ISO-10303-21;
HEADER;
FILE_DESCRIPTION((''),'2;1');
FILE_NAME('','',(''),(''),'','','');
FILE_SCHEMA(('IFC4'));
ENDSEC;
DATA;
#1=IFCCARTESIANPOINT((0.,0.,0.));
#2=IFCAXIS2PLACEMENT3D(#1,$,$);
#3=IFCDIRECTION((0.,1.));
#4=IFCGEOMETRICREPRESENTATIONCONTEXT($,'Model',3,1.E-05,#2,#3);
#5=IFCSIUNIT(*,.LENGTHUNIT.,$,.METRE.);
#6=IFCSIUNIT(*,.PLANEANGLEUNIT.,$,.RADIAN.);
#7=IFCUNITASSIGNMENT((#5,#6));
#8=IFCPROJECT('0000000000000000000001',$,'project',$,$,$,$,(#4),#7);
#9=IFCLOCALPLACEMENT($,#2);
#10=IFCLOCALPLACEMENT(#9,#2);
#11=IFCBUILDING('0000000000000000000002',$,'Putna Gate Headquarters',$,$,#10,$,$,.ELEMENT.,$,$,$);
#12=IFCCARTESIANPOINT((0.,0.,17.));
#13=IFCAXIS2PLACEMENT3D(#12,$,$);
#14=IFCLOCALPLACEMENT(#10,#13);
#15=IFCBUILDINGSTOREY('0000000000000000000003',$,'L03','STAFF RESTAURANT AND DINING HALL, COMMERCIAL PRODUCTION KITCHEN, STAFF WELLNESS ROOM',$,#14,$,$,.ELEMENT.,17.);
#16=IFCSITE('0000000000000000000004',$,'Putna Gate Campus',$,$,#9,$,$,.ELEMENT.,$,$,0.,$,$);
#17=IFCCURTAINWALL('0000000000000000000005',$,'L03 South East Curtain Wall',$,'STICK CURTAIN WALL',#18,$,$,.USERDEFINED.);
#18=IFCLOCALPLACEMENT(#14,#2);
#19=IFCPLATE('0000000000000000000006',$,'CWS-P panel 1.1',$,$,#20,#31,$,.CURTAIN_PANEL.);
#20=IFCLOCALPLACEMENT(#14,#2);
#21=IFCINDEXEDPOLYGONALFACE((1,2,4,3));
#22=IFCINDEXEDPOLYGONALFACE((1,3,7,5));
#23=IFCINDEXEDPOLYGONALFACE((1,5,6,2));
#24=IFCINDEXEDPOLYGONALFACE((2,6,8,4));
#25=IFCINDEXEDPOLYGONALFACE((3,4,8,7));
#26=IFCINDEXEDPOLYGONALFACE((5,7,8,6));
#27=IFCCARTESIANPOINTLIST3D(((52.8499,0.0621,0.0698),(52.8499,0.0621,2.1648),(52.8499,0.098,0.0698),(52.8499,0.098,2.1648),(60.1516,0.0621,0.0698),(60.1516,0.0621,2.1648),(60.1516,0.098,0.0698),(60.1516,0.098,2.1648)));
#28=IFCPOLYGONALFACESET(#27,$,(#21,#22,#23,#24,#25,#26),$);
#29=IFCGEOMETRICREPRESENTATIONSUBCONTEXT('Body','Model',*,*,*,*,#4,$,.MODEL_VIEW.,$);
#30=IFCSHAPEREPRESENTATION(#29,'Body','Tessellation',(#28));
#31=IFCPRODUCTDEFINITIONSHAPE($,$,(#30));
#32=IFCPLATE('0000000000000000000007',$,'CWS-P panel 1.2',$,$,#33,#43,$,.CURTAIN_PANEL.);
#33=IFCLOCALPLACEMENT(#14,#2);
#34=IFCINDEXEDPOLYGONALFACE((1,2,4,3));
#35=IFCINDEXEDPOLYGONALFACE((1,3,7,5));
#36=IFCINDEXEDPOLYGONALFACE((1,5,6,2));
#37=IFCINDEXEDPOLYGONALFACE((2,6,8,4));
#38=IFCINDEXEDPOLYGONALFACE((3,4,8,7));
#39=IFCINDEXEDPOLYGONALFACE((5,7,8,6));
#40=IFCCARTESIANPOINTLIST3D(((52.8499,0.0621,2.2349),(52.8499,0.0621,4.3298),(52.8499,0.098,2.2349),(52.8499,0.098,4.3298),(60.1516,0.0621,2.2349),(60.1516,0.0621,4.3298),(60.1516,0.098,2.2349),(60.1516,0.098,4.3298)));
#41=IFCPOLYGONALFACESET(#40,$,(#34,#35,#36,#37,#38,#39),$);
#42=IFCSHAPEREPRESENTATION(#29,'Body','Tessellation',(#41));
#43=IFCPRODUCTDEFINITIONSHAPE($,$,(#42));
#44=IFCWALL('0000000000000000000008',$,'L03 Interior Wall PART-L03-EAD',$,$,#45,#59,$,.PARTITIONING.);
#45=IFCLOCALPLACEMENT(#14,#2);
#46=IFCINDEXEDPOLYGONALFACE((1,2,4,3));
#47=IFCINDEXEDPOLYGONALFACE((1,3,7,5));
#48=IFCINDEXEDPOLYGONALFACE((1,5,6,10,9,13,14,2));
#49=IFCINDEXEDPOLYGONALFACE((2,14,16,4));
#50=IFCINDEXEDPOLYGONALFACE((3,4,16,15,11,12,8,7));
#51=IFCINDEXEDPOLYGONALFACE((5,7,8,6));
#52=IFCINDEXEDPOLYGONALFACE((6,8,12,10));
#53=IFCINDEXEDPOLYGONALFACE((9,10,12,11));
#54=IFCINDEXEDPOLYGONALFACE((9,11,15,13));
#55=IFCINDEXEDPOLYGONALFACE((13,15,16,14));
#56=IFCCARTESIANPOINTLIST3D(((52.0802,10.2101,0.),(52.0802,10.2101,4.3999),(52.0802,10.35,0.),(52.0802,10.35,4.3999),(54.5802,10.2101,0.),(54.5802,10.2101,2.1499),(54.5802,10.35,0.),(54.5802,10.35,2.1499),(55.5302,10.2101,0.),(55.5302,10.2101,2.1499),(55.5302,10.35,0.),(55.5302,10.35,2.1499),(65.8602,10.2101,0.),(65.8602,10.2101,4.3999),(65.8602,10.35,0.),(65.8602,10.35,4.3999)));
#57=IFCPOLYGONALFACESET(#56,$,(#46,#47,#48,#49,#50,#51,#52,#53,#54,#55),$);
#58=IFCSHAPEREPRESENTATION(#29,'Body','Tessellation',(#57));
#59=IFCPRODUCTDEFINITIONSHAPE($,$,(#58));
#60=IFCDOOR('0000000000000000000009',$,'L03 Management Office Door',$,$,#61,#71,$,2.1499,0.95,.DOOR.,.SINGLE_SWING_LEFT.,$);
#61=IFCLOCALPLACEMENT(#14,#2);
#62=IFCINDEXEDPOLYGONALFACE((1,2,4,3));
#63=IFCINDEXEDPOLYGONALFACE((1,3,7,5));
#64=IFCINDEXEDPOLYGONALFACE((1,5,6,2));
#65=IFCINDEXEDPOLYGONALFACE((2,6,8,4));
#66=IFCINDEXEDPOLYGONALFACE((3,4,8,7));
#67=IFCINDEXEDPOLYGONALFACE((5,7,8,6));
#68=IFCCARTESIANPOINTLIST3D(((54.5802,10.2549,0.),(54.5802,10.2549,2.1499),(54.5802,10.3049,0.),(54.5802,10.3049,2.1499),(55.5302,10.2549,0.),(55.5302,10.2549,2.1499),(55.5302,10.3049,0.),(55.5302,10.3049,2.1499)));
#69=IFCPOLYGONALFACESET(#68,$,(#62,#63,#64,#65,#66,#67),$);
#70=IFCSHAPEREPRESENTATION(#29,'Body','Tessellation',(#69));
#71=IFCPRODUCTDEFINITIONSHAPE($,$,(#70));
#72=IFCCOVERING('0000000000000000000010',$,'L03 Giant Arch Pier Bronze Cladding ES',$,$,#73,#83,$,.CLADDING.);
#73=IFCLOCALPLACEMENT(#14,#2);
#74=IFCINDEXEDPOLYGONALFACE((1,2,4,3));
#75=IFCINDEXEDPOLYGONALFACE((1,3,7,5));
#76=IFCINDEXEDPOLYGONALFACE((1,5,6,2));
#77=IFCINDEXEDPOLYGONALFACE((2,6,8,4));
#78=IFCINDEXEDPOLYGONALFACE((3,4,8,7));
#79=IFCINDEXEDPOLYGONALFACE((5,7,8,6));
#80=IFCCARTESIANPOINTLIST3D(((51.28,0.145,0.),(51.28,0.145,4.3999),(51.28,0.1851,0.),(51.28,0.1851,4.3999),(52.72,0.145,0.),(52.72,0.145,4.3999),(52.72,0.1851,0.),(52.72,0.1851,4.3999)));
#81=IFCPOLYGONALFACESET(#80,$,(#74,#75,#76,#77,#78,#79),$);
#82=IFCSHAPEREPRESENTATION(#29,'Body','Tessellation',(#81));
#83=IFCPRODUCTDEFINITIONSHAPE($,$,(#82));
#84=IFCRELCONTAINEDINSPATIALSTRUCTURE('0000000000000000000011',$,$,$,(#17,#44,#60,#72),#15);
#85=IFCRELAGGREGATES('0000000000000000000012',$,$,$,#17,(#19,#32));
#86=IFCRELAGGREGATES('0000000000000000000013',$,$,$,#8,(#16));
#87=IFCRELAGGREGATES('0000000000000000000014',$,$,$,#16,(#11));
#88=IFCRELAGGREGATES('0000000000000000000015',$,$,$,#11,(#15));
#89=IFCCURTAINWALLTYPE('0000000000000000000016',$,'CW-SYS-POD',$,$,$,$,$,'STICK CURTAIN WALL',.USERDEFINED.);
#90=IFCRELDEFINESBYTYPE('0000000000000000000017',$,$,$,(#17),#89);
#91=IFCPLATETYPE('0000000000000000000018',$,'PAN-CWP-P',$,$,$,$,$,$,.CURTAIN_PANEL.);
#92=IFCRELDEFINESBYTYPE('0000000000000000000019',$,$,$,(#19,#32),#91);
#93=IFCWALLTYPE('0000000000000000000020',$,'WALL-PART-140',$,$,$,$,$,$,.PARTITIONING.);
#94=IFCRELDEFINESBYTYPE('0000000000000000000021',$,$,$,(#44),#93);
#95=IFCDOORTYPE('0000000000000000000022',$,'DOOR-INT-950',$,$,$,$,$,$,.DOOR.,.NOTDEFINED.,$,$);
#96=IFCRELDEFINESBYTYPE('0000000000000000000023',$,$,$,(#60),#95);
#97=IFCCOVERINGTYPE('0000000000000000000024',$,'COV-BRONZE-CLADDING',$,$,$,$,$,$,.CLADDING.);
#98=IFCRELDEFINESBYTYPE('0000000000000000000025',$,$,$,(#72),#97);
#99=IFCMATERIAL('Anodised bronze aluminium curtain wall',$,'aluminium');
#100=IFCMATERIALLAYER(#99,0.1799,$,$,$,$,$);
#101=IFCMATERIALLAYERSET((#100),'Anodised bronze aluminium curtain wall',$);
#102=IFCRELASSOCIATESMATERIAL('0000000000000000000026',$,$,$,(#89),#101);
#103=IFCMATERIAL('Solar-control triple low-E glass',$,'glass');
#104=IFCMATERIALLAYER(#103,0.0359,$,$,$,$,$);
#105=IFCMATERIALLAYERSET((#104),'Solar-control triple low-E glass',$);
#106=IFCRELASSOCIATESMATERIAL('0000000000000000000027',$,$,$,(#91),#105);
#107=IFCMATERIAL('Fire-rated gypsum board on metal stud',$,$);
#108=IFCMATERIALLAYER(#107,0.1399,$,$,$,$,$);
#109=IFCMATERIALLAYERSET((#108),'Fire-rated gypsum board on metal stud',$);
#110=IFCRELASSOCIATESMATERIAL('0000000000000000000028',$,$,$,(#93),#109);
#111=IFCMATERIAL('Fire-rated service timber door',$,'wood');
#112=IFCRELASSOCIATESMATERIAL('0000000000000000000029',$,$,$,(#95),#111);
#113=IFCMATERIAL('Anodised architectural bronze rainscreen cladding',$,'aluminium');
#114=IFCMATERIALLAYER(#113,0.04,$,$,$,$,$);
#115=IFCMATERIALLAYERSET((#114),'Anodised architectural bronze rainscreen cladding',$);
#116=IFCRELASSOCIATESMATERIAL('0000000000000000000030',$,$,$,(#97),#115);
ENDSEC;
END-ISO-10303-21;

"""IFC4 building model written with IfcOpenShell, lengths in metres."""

from ifc_helpers import new_model, si_unit, direction, frame, frame_2d, origin, origin_2d, place, context, subcontext, project, spatial, rectangle, extrude, material, layer, layer_set, type_object, element, fill, aggregate, save


model = new_model("IFC4")

# Units and contexts
model_context = context("Model", 3, precision=1e-05, world=origin(), true_north=direction((0.0, 1.0)))
body_context = subcontext(model_context, "Body", "Model", "MODEL_VIEW")
ifc_project = project(units=[si_unit("LENGTHUNIT", "METRE"), si_unit("PLANEANGLEUNIT", "RADIAN")], contexts=[model_context])

# Site, building, storey
site_placement = place(None, origin())
site = spatial("IfcSite", under=ifc_project, at=site_placement, Name="Putna Gate Campus", CompositionType="ELEMENT", RefElevation=0.0)
building_placement = place(site_placement, origin())
building = spatial("IfcBuilding", under=site, at=building_placement, Name="Putna Gate Headquarters", CompositionType="ELEMENT")
storey_placement = place(building_placement, frame((0.0, 0.0, 17.0)))
storey = spatial("IfcBuildingStorey", under=building, at=storey_placement, Name="L03", Description="STAFF RESTAURANT AND DINING HALL, COMMERCIAL PRODUCTION KITCHEN, STAFF WELLNESS ROOM", CompositionType="ELEMENT", Elevation=17.0)

# Curtain wall
ifc_material_1 = material(Name="Anodised bronze aluminium curtain wall", Category="aluminium")
ifc_layer_1 = layer(ifc_material_1, 0.1799)
ifc_layer_set_1 = layer_set([ifc_layer_1], Name="Anodised bronze aluminium curtain wall")
curtain_wall_type_1 = type_object("IfcCurtainWallType", Name="CW-SYS-POD", ElementType="STICK CURTAIN WALL", PredefinedType="USERDEFINED", material=ifc_layer_set_1)
curtain_wall_1_placement = place(storey_placement, origin())
curtain_wall_1 = element("IfcCurtainWall", 1, at=curtain_wall_1_placement, inside=storey, type_object=curtain_wall_type_1, Name="L03 South East Curtain Wall", ObjectType="STICK CURTAIN WALL", PredefinedType="USERDEFINED")

# Plates
ifc_material_2 = material(Name="Solar-control triple low-E glass", Category="glass")
ifc_layer_2 = layer(ifc_material_2, 0.0359)
ifc_layer_set_2 = layer_set([ifc_layer_2], Name="Solar-control triple low-E glass")
plate_type_1 = type_object("IfcPlateType", Name="PAN-CWP-P", PredefinedType="CURTAIN_PANEL", material=ifc_layer_set_2)
plate_1_placement = place(storey_placement, frame((56.5007, 0.0801, 0.0698), z_axis=(0.0, 0.0, 1.0), x_axis=(1.0, 0.0, 0.0)))
plate_1 = element("IfcPlate", 2, at=plate_1_placement, type_object=plate_type_1, Name="CWS-P panel 1.1", PredefinedType="CURTAIN_PANEL", context=body_context, shape_type="SweptSolid", body=[
    extrude(rectangle(XDim=7.3018, YDim=0.0359, at=origin_2d()), origin(), (0.0, 0.0, 1.0), 2.095),
])
plate_2_placement = place(storey_placement, frame((56.5007, 0.0801, 2.2349), z_axis=(0.0, 0.0, 1.0), x_axis=(1.0, 0.0, 0.0)))
plate_2 = element("IfcPlate", 3, at=plate_2_placement, type_object=plate_type_1, Name="CWS-P panel 1.2", PredefinedType="CURTAIN_PANEL", context=body_context, shape_type="SweptSolid", body=[
    extrude(rectangle(XDim=7.3018, YDim=0.0359, at=origin_2d()), origin(), (0.0, 0.0, 1.0), 2.095),
])
aggregate(curtain_wall_1, [plate_1, plate_2])

# Wall, opening, door
ifc_material_3 = material(Name="Fire-rated gypsum board on metal stud")
ifc_layer_3 = layer(ifc_material_3, 0.1399)
ifc_layer_set_3 = layer_set([ifc_layer_3], Name="Fire-rated gypsum board on metal stud")
wall_type = type_object("IfcWallType", Name="WALL-PART-140", PredefinedType="PARTITIONING", material=ifc_layer_set_3)
wall_placement = place(storey_placement, frame((52.0801, 10.28, 0.0), z_axis=(0.0, 0.0, 1.0), x_axis=(1.0, 0.0, 0.0)))
wall = element("IfcWall", 4, at=wall_placement, inside=storey, type_object=wall_type, Name="L03 Interior Wall PART-L03-EAD", PredefinedType="PARTITIONING", context=body_context, shape_type="SweptSolid", body=[
    extrude(rectangle(XDim=13.78, YDim=0.1399, at=frame_2d((6.8901, 0.0))), origin(), (0.0, 0.0, 1.0), 4.3999),
])
opening_placement = place(wall_placement, frame((2.5, 0.0, 0.0)))
opening = element("IfcOpeningElement", 5, at=opening_placement, cuts=wall, PredefinedType="OPENING", context=body_context, shape_type="SweptSolid", body=[
    extrude(rectangle(XDim=0.95, YDim=2.1499, at=frame_2d((0.4751, 1.075))), frame((0.0, 0.0798, 0.0), z_axis=(0.0, -1.0, 0.0), x_axis=(1.0, 0.0, 0.0)), (0.0, 0.0, 1.0), 0.1599),
])
ifc_material_4 = material(Name="Fire-rated service timber door", Category="wood")
door_type = type_object("IfcDoorType", Name="DOOR-INT-950", OperationType="NOTDEFINED", PredefinedType="DOOR", material=ifc_material_4)
door_placement = place(opening_placement, origin())
door = element("IfcDoor", 6, at=door_placement, inside=storey, type_object=door_type, Name="L03 Management Office Door", OperationType="SINGLE_SWING_LEFT", OverallHeight=2.1499, OverallWidth=0.95, PredefinedType="DOOR", context=body_context, shape_type="SweptSolid", body=[
    extrude(rectangle(XDim=0.95, YDim=2.1499, at=frame_2d((0.4751, 1.075))), frame((0.0, 0.0249, 0.0), z_axis=(0.0, -1.0, 0.0), x_axis=(1.0, 0.0, 0.0)), (0.0, 0.0, 1.0), 0.05),
])
fill(opening, door)

# Covering
ifc_material_5 = material(Name="Anodised architectural bronze rainscreen cladding", Category="aluminium")
ifc_layer_4 = layer(ifc_material_5, 0.04)
ifc_layer_set_4 = layer_set([ifc_layer_4], Name="Anodised architectural bronze rainscreen cladding")
covering_type = type_object("IfcCoveringType", Name="COV-BRONZE-CLADDING", PredefinedType="CLADDING", material=ifc_layer_set_4)
covering_placement = place(storey_placement, frame((52.0, 0.165, 0.0), z_axis=(0.0, 0.0, 1.0), x_axis=(1.0, 0.0, 0.0)))
element("IfcCovering", 7, at=covering_placement, inside=storey, type_object=covering_type, Name="L03 Giant Arch Pier Bronze Cladding ES", PredefinedType="CLADDING", context=body_context, shape_type="SweptSolid", body=[
    extrude(rectangle(XDim=1.4399, YDim=0.04, at=origin_2d()), origin(), (0.0, 0.0, 1.0), 4.3999),
])

save(model, "model.ifc")
